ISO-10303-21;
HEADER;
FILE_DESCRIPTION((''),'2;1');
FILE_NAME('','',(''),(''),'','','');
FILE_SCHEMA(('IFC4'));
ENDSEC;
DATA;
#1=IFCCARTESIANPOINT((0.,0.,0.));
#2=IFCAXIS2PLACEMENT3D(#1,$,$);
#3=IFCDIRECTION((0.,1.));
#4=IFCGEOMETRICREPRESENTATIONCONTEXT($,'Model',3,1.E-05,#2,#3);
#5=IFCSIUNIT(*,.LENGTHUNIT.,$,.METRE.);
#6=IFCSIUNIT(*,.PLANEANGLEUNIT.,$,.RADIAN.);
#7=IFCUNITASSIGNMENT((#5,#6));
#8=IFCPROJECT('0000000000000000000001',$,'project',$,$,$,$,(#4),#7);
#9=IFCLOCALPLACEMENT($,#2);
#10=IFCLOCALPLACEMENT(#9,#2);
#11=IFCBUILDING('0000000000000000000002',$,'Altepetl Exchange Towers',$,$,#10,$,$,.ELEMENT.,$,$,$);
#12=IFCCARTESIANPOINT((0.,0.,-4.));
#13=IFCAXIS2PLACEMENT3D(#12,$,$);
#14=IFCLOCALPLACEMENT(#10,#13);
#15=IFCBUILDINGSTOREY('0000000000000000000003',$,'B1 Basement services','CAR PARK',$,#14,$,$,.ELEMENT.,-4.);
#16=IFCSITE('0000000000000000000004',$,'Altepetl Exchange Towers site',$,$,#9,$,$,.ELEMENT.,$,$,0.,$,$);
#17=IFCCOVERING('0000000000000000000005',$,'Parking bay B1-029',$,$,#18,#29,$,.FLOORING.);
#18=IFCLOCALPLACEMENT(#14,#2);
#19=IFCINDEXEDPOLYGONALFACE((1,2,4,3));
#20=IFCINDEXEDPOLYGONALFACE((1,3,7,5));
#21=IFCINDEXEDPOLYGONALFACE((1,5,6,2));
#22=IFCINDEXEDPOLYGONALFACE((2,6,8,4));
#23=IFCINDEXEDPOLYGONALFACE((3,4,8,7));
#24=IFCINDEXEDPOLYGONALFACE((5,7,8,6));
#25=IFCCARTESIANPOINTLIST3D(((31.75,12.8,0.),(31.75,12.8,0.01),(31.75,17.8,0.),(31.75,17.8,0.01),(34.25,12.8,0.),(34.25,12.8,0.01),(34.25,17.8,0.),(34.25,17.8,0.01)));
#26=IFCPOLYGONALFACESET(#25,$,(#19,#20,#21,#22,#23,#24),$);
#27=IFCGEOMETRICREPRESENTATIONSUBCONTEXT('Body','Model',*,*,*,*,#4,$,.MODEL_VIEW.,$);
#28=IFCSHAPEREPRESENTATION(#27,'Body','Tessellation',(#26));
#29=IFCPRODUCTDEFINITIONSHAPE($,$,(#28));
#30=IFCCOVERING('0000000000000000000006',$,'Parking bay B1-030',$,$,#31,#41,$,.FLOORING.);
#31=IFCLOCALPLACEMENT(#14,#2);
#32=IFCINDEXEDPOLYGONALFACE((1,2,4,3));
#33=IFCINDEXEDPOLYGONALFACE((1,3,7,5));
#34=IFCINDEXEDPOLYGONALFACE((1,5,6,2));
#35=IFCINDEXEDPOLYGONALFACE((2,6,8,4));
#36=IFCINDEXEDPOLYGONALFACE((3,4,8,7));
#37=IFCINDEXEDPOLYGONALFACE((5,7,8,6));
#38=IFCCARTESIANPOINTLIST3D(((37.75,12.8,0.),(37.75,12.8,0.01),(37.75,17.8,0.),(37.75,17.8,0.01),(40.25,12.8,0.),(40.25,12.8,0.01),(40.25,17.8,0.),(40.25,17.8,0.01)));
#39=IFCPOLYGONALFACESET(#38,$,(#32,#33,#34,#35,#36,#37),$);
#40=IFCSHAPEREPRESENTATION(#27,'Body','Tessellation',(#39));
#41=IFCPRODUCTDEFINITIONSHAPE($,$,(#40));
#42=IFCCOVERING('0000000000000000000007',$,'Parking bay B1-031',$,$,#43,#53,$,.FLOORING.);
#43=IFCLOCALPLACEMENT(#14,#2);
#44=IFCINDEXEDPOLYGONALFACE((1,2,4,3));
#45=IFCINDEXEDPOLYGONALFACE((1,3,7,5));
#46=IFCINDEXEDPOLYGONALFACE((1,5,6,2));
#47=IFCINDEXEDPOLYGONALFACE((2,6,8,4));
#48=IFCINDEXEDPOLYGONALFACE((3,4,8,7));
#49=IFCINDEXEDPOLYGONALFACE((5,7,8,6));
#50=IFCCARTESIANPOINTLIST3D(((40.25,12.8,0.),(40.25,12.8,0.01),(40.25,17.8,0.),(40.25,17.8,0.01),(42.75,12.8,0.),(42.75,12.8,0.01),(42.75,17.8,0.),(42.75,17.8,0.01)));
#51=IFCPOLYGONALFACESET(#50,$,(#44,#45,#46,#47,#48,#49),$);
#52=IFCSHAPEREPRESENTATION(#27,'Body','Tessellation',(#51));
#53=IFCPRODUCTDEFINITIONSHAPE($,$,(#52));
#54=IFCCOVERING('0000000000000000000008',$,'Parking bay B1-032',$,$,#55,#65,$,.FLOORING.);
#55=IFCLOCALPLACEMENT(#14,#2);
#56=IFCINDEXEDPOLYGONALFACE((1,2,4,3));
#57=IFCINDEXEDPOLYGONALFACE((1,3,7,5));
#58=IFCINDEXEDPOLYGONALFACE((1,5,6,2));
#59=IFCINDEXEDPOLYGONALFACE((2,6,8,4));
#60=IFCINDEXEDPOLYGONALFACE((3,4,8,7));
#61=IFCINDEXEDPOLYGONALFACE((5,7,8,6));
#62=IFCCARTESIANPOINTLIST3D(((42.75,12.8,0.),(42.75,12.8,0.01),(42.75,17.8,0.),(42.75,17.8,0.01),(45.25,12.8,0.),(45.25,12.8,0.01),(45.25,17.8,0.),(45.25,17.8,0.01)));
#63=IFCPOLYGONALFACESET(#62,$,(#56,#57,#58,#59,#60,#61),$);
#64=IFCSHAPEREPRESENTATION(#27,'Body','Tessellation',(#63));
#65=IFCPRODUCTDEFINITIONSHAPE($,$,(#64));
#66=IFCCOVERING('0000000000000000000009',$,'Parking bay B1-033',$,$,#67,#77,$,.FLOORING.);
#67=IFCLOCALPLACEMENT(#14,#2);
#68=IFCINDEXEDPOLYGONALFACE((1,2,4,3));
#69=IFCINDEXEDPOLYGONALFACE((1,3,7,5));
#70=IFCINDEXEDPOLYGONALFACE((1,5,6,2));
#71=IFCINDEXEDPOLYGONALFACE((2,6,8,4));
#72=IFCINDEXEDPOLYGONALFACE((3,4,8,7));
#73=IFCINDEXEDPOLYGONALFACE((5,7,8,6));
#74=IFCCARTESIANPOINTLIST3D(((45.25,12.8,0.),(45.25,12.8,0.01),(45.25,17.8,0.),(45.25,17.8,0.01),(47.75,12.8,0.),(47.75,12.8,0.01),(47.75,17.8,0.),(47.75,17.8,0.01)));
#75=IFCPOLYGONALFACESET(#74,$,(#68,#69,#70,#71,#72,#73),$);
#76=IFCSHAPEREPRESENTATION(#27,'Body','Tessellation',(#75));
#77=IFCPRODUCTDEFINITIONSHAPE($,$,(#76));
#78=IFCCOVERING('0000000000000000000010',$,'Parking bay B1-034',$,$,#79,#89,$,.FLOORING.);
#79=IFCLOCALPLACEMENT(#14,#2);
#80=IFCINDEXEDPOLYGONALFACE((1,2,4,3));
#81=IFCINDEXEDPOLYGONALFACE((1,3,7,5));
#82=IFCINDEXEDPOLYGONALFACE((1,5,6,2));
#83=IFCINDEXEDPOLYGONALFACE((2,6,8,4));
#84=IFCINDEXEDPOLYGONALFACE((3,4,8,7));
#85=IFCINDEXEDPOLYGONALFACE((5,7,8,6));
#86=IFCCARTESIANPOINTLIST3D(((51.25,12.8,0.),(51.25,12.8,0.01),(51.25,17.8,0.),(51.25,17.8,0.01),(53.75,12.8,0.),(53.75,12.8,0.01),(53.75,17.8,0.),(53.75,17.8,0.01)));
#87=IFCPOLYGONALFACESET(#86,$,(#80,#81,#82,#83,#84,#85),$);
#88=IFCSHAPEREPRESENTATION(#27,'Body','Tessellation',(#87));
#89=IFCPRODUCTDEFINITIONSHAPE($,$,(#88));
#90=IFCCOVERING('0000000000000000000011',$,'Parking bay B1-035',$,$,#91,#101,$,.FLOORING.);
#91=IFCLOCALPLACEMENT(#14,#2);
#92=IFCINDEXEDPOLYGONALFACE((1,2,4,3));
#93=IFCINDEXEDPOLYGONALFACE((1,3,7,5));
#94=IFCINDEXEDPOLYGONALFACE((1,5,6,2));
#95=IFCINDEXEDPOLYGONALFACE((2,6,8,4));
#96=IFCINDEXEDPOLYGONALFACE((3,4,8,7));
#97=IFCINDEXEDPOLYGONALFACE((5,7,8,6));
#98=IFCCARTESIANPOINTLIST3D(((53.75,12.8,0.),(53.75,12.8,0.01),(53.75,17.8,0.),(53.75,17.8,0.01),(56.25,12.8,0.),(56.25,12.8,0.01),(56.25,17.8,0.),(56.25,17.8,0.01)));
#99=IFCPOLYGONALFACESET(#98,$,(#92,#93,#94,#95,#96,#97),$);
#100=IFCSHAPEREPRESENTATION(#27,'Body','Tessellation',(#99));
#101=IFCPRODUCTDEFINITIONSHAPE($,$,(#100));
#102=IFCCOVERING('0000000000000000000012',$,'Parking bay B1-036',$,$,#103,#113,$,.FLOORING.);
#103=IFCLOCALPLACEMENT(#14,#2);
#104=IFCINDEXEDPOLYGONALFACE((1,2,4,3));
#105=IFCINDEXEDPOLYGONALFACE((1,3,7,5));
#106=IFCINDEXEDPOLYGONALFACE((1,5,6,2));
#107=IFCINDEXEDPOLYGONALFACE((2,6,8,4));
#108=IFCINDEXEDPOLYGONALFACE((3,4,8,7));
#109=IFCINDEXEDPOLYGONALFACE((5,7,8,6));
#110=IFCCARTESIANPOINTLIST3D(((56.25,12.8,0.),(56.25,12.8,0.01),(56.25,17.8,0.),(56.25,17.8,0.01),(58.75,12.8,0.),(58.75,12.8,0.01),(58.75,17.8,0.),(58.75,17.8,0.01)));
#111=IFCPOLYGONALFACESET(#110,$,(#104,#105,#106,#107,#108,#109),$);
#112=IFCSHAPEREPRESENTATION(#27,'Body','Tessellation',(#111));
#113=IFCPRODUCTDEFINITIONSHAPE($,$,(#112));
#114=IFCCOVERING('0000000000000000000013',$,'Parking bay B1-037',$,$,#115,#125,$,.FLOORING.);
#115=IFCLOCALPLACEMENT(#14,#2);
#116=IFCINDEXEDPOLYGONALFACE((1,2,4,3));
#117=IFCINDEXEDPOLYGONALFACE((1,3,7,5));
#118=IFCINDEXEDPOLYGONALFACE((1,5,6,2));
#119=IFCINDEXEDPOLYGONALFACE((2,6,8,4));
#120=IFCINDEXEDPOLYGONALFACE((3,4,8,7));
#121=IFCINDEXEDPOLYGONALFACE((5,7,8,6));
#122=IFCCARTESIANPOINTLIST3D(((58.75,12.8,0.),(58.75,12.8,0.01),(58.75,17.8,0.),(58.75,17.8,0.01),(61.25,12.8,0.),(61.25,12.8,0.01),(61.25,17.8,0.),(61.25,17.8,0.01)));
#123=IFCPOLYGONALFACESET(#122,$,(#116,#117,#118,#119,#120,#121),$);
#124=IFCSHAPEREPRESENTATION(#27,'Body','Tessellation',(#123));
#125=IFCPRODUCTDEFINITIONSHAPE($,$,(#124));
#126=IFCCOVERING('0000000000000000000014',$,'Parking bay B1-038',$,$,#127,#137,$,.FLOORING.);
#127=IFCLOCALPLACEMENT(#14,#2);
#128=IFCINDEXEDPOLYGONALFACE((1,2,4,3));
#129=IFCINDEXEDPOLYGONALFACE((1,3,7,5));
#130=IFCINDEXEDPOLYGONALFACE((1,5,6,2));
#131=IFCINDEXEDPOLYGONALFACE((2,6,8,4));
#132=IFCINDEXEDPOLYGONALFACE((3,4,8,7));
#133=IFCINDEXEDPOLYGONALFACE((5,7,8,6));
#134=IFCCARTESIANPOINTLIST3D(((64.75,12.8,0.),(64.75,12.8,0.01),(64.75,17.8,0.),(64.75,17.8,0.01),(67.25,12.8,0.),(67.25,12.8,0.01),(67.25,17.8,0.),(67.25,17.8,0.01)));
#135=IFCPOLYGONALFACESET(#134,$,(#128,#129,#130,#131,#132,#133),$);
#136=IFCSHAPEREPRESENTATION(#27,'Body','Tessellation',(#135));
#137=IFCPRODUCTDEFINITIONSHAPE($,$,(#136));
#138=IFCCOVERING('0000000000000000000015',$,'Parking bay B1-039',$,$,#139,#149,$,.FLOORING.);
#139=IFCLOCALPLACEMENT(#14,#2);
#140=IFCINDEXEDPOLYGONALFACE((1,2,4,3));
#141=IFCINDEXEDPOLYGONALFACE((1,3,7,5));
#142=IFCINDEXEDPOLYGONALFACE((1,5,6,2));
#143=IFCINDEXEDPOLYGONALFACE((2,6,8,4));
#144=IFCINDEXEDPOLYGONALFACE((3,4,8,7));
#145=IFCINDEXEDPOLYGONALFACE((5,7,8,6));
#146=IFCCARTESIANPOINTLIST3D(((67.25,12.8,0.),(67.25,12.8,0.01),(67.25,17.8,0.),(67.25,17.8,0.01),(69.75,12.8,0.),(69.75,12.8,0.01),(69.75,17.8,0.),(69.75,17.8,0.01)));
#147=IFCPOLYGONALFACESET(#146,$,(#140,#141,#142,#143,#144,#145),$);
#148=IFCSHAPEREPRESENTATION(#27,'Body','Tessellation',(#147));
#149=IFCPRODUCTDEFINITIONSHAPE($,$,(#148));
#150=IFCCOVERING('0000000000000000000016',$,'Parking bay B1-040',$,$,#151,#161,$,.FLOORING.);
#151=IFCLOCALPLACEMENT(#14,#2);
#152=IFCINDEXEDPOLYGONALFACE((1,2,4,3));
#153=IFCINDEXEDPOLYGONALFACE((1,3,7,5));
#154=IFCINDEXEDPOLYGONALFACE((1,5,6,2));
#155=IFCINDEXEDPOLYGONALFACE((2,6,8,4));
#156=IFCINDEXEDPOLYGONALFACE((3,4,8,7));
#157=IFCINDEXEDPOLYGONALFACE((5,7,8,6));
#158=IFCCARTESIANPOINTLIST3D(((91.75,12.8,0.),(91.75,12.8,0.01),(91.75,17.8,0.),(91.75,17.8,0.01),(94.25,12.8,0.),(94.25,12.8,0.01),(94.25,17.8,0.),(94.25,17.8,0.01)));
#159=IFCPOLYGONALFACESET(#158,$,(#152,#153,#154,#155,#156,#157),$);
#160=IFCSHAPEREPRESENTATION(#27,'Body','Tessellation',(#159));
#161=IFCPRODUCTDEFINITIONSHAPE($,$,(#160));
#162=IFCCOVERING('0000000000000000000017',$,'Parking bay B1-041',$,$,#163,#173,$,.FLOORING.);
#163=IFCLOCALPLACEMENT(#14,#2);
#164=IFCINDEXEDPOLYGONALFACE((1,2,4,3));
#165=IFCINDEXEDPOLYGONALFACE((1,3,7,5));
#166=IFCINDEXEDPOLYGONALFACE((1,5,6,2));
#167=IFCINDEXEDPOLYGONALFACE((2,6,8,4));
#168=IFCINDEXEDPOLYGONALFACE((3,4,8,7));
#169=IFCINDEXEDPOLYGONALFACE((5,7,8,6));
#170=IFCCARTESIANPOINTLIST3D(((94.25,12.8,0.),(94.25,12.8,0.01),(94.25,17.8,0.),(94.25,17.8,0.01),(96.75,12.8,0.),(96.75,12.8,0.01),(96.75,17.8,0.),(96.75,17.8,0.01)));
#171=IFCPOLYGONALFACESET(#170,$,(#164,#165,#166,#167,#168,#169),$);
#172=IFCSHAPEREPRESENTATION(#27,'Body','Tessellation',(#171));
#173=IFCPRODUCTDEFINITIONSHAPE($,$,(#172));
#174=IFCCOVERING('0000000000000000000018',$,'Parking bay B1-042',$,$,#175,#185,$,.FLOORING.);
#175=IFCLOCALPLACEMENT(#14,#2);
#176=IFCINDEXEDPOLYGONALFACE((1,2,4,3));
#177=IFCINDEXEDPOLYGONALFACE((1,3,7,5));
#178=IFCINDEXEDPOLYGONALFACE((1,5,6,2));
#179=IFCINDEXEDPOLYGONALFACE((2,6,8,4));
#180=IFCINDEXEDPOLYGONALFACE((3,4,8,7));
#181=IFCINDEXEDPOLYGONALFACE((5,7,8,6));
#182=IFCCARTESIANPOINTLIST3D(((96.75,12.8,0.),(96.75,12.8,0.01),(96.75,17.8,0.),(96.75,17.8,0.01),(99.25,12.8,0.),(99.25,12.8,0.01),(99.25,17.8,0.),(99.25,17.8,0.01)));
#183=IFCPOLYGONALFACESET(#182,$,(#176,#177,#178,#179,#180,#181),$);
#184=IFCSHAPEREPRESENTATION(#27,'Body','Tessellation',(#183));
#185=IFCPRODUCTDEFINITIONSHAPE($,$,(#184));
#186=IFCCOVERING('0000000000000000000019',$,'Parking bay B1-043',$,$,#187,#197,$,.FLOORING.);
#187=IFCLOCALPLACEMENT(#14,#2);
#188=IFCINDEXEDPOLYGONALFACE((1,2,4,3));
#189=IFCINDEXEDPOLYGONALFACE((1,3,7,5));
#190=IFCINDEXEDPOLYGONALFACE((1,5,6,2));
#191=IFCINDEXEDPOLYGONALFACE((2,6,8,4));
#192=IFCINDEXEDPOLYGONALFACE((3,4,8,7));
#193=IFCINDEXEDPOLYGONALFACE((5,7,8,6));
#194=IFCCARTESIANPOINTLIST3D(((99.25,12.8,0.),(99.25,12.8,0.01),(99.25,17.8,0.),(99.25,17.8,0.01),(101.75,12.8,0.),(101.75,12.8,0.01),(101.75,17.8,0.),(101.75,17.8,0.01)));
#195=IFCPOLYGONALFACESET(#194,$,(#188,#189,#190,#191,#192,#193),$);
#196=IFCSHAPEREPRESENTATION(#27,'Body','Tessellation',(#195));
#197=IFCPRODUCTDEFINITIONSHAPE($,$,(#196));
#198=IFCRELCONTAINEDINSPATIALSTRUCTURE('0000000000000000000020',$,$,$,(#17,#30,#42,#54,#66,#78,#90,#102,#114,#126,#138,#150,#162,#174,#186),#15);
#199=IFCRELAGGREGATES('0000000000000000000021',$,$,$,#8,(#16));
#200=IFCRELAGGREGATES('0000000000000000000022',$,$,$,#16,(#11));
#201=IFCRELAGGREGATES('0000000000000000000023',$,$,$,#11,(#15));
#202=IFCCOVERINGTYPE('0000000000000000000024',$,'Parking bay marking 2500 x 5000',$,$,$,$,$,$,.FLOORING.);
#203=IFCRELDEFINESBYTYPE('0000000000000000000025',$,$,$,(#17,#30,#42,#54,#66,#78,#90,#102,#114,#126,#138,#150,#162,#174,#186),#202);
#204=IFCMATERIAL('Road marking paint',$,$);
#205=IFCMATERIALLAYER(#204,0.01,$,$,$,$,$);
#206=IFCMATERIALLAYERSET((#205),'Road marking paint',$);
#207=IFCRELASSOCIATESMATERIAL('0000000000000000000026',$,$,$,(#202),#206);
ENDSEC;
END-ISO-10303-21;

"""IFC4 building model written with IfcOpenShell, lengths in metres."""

from ifc_helpers import new_model, si_unit, direction, frame, origin, place, context, subcontext, project, spatial, polyline, outline, extrude, material, layer, layer_set, type_object, element, save


model = new_model("IFC4")

# Units and contexts
model_context = context("Model", 3, precision=1e-05, world=origin(), true_north=direction((0.0, 1.0)))
body_context = subcontext(model_context, "Body", "Model", "MODEL_VIEW")
ifc_project = project(units=[si_unit("LENGTHUNIT", "METRE"), si_unit("PLANEANGLEUNIT", "RADIAN")], contexts=[model_context])

# Site, building, storey
site_placement = place(None, origin())
site = spatial("IfcSite", under=ifc_project, at=site_placement, Name="Altepetl Exchange Towers site", CompositionType="ELEMENT", RefElevation=0.0)
building_placement = place(site_placement, origin())
building = spatial("IfcBuilding", under=site, at=building_placement, Name="Altepetl Exchange Towers", CompositionType="ELEMENT")
storey_placement = place(building_placement, frame((0.0, 0.0, -4.0)))
storey = spatial("IfcBuildingStorey", under=building, at=storey_placement, Name="B1 Basement services", Description="CAR PARK", CompositionType="ELEMENT", Elevation=-4.0)

# Coverings
ifc_material = material(Name="Road marking paint")
ifc_layer = layer(ifc_material, 0.01)
ifc_layer_set = layer_set([ifc_layer], Name="Road marking paint")
covering_type = type_object("IfcCoveringType", Name="Parking bay marking 2500 x 5000", PredefinedType="FLOORING", material=ifc_layer_set)
covering_1_placement = place(storey_placement, origin())
element("IfcCovering", 1, at=covering_1_placement, inside=storey, type_object=covering_type, Name="Parking bay B1-029", PredefinedType="FLOORING", context=body_context, shape_type="SweptSolid", body=[
    extrude(outline(polyline([(31.75, 12.8), (34.25, 12.8), (34.25, 17.8), (31.75, 17.8), (31.75, 12.8)])), origin(), (0.0, 0.0, 1.0), 0.01),
])
covering_2_placement = place(storey_placement, origin())
element("IfcCovering", 2, at=covering_2_placement, inside=storey, type_object=covering_type, Name="Parking bay B1-030", PredefinedType="FLOORING", context=body_context, shape_type="SweptSolid", body=[
    extrude(outline(polyline([(37.75, 12.8), (40.25, 12.8), (40.25, 17.8), (37.75, 17.8), (37.75, 12.8)])), origin(), (0.0, 0.0, 1.0), 0.01),
])
covering_3_placement = place(storey_placement, origin())
element("IfcCovering", 3, at=covering_3_placement, inside=storey, type_object=covering_type, Name="Parking bay B1-031", PredefinedType="FLOORING", context=body_context, shape_type="SweptSolid", body=[
    extrude(outline(polyline([(40.25, 12.8), (42.75, 12.8), (42.75, 17.8), (40.25, 17.8), (40.25, 12.8)])), origin(), (0.0, 0.0, 1.0), 0.01),
])
covering_4_placement = place(storey_placement, origin())
element("IfcCovering", 4, at=covering_4_placement, inside=storey, type_object=covering_type, Name="Parking bay B1-032", PredefinedType="FLOORING", context=body_context, shape_type="SweptSolid", body=[
    extrude(outline(polyline([(42.75, 12.8), (45.25, 12.8), (45.25, 17.8), (42.75, 17.8), (42.75, 12.8)])), origin(), (0.0, 0.0, 1.0), 0.01),
])
covering_5_placement = place(storey_placement, origin())
element("IfcCovering", 5, at=covering_5_placement, inside=storey, type_object=covering_type, Name="Parking bay B1-033", PredefinedType="FLOORING", context=body_context, shape_type="SweptSolid", body=[
    extrude(outline(polyline([(45.25, 12.8), (47.75, 12.8), (47.75, 17.8), (45.25, 17.8), (45.25, 12.8)])), origin(), (0.0, 0.0, 1.0), 0.01),
])
covering_6_placement = place(storey_placement, origin())
element("IfcCovering", 6, at=covering_6_placement, inside=storey, type_object=covering_type, Name="Parking bay B1-034", PredefinedType="FLOORING", context=body_context, shape_type="SweptSolid", body=[
    extrude(outline(polyline([(51.25, 12.8), (53.75, 12.8), (53.75, 17.8), (51.25, 17.8), (51.25, 12.8)])), origin(), (0.0, 0.0, 1.0), 0.01),
])
covering_7_placement = place(storey_placement, origin())
element("IfcCovering", 7, at=covering_7_placement, inside=storey, type_object=covering_type, Name="Parking bay B1-035", PredefinedType="FLOORING", context=body_context, shape_type="SweptSolid", body=[
    extrude(outline(polyline([(53.75, 12.8), (56.25, 12.8), (56.25, 17.8), (53.75, 17.8), (53.75, 12.8)])), origin(), (0.0, 0.0, 1.0), 0.01),
])
covering_8_placement = place(storey_placement, origin())
element("IfcCovering", 8, at=covering_8_placement, inside=storey, type_object=covering_type, Name="Parking bay B1-036", PredefinedType="FLOORING", context=body_context, shape_type="SweptSolid", body=[
    extrude(outline(polyline([(56.25, 12.8), (58.75, 12.8), (58.75, 17.8), (56.25, 17.8), (56.25, 12.8)])), origin(), (0.0, 0.0, 1.0), 0.01),
])
covering_9_placement = place(storey_placement, origin())
element("IfcCovering", 9, at=covering_9_placement, inside=storey, type_object=covering_type, Name="Parking bay B1-037", PredefinedType="FLOORING", context=body_context, shape_type="SweptSolid", body=[
    extrude(outline(polyline([(58.75, 12.8), (61.25, 12.8), (61.25, 17.8), (58.75, 17.8), (58.75, 12.8)])), origin(), (0.0, 0.0, 1.0), 0.01),
])
covering_10_placement = place(storey_placement, origin())
element("IfcCovering", 10, at=covering_10_placement, inside=storey, type_object=covering_type, Name="Parking bay B1-038", PredefinedType="FLOORING", context=body_context, shape_type="SweptSolid", body=[
    extrude(outline(polyline([(64.75, 12.8), (67.25, 12.8), (67.25, 17.8), (64.75, 17.8), (64.75, 12.8)])), origin(), (0.0, 0.0, 1.0), 0.01),
])
covering_11_placement = place(storey_placement, origin())
element("IfcCovering", 11, at=covering_11_placement, inside=storey, type_object=covering_type, Name="Parking bay B1-039", PredefinedType="FLOORING", context=body_context, shape_type="SweptSolid", body=[
    extrude(outline(polyline([(67.25, 12.8), (69.75, 12.8), (69.75, 17.8), (67.25, 17.8), (67.25, 12.8)])), origin(), (0.0, 0.0, 1.0), 0.01),
])
covering_12_placement = place(storey_placement, origin())
element("IfcCovering", 12, at=covering_12_placement, inside=storey, type_object=covering_type, Name="Parking bay B1-040", PredefinedType="FLOORING", context=body_context, shape_type="SweptSolid", body=[
    extrude(outline(polyline([(91.75, 12.8), (94.25, 12.8), (94.25, 17.8), (91.75, 17.8), (91.75, 12.8)])), origin(), (0.0, 0.0, 1.0), 0.01),
])
covering_13_placement = place(storey_placement, origin())
element("IfcCovering", 13, at=covering_13_placement, inside=storey, type_object=covering_type, Name="Parking bay B1-041", PredefinedType="FLOORING", context=body_context, shape_type="SweptSolid", body=[
    extrude(outline(polyline([(94.25, 12.8), (96.75, 12.8), (96.75, 17.8), (94.25, 17.8), (94.25, 12.8)])), origin(), (0.0, 0.0, 1.0), 0.01),
])
covering_14_placement = place(storey_placement, origin())
element("IfcCovering", 14, at=covering_14_placement, inside=storey, type_object=covering_type, Name="Parking bay B1-042", PredefinedType="FLOORING", context=body_context, shape_type="SweptSolid", body=[
    extrude(outline(polyline([(96.75, 12.8), (99.25, 12.8), (99.25, 17.8), (96.75, 17.8), (96.75, 12.8)])), origin(), (0.0, 0.0, 1.0), 0.01),
])
covering_15_placement = place(storey_placement, origin())
element("IfcCovering", 15, at=covering_15_placement, inside=storey, type_object=covering_type, Name="Parking bay B1-043", PredefinedType="FLOORING", context=body_context, shape_type="SweptSolid", body=[
    extrude(outline(polyline([(99.25, 12.8), (101.75, 12.8), (101.75, 17.8), (99.25, 17.8), (99.25, 12.8)])), origin(), (0.0, 0.0, 1.0), 0.01),
])

save(model, "model.ifc")
